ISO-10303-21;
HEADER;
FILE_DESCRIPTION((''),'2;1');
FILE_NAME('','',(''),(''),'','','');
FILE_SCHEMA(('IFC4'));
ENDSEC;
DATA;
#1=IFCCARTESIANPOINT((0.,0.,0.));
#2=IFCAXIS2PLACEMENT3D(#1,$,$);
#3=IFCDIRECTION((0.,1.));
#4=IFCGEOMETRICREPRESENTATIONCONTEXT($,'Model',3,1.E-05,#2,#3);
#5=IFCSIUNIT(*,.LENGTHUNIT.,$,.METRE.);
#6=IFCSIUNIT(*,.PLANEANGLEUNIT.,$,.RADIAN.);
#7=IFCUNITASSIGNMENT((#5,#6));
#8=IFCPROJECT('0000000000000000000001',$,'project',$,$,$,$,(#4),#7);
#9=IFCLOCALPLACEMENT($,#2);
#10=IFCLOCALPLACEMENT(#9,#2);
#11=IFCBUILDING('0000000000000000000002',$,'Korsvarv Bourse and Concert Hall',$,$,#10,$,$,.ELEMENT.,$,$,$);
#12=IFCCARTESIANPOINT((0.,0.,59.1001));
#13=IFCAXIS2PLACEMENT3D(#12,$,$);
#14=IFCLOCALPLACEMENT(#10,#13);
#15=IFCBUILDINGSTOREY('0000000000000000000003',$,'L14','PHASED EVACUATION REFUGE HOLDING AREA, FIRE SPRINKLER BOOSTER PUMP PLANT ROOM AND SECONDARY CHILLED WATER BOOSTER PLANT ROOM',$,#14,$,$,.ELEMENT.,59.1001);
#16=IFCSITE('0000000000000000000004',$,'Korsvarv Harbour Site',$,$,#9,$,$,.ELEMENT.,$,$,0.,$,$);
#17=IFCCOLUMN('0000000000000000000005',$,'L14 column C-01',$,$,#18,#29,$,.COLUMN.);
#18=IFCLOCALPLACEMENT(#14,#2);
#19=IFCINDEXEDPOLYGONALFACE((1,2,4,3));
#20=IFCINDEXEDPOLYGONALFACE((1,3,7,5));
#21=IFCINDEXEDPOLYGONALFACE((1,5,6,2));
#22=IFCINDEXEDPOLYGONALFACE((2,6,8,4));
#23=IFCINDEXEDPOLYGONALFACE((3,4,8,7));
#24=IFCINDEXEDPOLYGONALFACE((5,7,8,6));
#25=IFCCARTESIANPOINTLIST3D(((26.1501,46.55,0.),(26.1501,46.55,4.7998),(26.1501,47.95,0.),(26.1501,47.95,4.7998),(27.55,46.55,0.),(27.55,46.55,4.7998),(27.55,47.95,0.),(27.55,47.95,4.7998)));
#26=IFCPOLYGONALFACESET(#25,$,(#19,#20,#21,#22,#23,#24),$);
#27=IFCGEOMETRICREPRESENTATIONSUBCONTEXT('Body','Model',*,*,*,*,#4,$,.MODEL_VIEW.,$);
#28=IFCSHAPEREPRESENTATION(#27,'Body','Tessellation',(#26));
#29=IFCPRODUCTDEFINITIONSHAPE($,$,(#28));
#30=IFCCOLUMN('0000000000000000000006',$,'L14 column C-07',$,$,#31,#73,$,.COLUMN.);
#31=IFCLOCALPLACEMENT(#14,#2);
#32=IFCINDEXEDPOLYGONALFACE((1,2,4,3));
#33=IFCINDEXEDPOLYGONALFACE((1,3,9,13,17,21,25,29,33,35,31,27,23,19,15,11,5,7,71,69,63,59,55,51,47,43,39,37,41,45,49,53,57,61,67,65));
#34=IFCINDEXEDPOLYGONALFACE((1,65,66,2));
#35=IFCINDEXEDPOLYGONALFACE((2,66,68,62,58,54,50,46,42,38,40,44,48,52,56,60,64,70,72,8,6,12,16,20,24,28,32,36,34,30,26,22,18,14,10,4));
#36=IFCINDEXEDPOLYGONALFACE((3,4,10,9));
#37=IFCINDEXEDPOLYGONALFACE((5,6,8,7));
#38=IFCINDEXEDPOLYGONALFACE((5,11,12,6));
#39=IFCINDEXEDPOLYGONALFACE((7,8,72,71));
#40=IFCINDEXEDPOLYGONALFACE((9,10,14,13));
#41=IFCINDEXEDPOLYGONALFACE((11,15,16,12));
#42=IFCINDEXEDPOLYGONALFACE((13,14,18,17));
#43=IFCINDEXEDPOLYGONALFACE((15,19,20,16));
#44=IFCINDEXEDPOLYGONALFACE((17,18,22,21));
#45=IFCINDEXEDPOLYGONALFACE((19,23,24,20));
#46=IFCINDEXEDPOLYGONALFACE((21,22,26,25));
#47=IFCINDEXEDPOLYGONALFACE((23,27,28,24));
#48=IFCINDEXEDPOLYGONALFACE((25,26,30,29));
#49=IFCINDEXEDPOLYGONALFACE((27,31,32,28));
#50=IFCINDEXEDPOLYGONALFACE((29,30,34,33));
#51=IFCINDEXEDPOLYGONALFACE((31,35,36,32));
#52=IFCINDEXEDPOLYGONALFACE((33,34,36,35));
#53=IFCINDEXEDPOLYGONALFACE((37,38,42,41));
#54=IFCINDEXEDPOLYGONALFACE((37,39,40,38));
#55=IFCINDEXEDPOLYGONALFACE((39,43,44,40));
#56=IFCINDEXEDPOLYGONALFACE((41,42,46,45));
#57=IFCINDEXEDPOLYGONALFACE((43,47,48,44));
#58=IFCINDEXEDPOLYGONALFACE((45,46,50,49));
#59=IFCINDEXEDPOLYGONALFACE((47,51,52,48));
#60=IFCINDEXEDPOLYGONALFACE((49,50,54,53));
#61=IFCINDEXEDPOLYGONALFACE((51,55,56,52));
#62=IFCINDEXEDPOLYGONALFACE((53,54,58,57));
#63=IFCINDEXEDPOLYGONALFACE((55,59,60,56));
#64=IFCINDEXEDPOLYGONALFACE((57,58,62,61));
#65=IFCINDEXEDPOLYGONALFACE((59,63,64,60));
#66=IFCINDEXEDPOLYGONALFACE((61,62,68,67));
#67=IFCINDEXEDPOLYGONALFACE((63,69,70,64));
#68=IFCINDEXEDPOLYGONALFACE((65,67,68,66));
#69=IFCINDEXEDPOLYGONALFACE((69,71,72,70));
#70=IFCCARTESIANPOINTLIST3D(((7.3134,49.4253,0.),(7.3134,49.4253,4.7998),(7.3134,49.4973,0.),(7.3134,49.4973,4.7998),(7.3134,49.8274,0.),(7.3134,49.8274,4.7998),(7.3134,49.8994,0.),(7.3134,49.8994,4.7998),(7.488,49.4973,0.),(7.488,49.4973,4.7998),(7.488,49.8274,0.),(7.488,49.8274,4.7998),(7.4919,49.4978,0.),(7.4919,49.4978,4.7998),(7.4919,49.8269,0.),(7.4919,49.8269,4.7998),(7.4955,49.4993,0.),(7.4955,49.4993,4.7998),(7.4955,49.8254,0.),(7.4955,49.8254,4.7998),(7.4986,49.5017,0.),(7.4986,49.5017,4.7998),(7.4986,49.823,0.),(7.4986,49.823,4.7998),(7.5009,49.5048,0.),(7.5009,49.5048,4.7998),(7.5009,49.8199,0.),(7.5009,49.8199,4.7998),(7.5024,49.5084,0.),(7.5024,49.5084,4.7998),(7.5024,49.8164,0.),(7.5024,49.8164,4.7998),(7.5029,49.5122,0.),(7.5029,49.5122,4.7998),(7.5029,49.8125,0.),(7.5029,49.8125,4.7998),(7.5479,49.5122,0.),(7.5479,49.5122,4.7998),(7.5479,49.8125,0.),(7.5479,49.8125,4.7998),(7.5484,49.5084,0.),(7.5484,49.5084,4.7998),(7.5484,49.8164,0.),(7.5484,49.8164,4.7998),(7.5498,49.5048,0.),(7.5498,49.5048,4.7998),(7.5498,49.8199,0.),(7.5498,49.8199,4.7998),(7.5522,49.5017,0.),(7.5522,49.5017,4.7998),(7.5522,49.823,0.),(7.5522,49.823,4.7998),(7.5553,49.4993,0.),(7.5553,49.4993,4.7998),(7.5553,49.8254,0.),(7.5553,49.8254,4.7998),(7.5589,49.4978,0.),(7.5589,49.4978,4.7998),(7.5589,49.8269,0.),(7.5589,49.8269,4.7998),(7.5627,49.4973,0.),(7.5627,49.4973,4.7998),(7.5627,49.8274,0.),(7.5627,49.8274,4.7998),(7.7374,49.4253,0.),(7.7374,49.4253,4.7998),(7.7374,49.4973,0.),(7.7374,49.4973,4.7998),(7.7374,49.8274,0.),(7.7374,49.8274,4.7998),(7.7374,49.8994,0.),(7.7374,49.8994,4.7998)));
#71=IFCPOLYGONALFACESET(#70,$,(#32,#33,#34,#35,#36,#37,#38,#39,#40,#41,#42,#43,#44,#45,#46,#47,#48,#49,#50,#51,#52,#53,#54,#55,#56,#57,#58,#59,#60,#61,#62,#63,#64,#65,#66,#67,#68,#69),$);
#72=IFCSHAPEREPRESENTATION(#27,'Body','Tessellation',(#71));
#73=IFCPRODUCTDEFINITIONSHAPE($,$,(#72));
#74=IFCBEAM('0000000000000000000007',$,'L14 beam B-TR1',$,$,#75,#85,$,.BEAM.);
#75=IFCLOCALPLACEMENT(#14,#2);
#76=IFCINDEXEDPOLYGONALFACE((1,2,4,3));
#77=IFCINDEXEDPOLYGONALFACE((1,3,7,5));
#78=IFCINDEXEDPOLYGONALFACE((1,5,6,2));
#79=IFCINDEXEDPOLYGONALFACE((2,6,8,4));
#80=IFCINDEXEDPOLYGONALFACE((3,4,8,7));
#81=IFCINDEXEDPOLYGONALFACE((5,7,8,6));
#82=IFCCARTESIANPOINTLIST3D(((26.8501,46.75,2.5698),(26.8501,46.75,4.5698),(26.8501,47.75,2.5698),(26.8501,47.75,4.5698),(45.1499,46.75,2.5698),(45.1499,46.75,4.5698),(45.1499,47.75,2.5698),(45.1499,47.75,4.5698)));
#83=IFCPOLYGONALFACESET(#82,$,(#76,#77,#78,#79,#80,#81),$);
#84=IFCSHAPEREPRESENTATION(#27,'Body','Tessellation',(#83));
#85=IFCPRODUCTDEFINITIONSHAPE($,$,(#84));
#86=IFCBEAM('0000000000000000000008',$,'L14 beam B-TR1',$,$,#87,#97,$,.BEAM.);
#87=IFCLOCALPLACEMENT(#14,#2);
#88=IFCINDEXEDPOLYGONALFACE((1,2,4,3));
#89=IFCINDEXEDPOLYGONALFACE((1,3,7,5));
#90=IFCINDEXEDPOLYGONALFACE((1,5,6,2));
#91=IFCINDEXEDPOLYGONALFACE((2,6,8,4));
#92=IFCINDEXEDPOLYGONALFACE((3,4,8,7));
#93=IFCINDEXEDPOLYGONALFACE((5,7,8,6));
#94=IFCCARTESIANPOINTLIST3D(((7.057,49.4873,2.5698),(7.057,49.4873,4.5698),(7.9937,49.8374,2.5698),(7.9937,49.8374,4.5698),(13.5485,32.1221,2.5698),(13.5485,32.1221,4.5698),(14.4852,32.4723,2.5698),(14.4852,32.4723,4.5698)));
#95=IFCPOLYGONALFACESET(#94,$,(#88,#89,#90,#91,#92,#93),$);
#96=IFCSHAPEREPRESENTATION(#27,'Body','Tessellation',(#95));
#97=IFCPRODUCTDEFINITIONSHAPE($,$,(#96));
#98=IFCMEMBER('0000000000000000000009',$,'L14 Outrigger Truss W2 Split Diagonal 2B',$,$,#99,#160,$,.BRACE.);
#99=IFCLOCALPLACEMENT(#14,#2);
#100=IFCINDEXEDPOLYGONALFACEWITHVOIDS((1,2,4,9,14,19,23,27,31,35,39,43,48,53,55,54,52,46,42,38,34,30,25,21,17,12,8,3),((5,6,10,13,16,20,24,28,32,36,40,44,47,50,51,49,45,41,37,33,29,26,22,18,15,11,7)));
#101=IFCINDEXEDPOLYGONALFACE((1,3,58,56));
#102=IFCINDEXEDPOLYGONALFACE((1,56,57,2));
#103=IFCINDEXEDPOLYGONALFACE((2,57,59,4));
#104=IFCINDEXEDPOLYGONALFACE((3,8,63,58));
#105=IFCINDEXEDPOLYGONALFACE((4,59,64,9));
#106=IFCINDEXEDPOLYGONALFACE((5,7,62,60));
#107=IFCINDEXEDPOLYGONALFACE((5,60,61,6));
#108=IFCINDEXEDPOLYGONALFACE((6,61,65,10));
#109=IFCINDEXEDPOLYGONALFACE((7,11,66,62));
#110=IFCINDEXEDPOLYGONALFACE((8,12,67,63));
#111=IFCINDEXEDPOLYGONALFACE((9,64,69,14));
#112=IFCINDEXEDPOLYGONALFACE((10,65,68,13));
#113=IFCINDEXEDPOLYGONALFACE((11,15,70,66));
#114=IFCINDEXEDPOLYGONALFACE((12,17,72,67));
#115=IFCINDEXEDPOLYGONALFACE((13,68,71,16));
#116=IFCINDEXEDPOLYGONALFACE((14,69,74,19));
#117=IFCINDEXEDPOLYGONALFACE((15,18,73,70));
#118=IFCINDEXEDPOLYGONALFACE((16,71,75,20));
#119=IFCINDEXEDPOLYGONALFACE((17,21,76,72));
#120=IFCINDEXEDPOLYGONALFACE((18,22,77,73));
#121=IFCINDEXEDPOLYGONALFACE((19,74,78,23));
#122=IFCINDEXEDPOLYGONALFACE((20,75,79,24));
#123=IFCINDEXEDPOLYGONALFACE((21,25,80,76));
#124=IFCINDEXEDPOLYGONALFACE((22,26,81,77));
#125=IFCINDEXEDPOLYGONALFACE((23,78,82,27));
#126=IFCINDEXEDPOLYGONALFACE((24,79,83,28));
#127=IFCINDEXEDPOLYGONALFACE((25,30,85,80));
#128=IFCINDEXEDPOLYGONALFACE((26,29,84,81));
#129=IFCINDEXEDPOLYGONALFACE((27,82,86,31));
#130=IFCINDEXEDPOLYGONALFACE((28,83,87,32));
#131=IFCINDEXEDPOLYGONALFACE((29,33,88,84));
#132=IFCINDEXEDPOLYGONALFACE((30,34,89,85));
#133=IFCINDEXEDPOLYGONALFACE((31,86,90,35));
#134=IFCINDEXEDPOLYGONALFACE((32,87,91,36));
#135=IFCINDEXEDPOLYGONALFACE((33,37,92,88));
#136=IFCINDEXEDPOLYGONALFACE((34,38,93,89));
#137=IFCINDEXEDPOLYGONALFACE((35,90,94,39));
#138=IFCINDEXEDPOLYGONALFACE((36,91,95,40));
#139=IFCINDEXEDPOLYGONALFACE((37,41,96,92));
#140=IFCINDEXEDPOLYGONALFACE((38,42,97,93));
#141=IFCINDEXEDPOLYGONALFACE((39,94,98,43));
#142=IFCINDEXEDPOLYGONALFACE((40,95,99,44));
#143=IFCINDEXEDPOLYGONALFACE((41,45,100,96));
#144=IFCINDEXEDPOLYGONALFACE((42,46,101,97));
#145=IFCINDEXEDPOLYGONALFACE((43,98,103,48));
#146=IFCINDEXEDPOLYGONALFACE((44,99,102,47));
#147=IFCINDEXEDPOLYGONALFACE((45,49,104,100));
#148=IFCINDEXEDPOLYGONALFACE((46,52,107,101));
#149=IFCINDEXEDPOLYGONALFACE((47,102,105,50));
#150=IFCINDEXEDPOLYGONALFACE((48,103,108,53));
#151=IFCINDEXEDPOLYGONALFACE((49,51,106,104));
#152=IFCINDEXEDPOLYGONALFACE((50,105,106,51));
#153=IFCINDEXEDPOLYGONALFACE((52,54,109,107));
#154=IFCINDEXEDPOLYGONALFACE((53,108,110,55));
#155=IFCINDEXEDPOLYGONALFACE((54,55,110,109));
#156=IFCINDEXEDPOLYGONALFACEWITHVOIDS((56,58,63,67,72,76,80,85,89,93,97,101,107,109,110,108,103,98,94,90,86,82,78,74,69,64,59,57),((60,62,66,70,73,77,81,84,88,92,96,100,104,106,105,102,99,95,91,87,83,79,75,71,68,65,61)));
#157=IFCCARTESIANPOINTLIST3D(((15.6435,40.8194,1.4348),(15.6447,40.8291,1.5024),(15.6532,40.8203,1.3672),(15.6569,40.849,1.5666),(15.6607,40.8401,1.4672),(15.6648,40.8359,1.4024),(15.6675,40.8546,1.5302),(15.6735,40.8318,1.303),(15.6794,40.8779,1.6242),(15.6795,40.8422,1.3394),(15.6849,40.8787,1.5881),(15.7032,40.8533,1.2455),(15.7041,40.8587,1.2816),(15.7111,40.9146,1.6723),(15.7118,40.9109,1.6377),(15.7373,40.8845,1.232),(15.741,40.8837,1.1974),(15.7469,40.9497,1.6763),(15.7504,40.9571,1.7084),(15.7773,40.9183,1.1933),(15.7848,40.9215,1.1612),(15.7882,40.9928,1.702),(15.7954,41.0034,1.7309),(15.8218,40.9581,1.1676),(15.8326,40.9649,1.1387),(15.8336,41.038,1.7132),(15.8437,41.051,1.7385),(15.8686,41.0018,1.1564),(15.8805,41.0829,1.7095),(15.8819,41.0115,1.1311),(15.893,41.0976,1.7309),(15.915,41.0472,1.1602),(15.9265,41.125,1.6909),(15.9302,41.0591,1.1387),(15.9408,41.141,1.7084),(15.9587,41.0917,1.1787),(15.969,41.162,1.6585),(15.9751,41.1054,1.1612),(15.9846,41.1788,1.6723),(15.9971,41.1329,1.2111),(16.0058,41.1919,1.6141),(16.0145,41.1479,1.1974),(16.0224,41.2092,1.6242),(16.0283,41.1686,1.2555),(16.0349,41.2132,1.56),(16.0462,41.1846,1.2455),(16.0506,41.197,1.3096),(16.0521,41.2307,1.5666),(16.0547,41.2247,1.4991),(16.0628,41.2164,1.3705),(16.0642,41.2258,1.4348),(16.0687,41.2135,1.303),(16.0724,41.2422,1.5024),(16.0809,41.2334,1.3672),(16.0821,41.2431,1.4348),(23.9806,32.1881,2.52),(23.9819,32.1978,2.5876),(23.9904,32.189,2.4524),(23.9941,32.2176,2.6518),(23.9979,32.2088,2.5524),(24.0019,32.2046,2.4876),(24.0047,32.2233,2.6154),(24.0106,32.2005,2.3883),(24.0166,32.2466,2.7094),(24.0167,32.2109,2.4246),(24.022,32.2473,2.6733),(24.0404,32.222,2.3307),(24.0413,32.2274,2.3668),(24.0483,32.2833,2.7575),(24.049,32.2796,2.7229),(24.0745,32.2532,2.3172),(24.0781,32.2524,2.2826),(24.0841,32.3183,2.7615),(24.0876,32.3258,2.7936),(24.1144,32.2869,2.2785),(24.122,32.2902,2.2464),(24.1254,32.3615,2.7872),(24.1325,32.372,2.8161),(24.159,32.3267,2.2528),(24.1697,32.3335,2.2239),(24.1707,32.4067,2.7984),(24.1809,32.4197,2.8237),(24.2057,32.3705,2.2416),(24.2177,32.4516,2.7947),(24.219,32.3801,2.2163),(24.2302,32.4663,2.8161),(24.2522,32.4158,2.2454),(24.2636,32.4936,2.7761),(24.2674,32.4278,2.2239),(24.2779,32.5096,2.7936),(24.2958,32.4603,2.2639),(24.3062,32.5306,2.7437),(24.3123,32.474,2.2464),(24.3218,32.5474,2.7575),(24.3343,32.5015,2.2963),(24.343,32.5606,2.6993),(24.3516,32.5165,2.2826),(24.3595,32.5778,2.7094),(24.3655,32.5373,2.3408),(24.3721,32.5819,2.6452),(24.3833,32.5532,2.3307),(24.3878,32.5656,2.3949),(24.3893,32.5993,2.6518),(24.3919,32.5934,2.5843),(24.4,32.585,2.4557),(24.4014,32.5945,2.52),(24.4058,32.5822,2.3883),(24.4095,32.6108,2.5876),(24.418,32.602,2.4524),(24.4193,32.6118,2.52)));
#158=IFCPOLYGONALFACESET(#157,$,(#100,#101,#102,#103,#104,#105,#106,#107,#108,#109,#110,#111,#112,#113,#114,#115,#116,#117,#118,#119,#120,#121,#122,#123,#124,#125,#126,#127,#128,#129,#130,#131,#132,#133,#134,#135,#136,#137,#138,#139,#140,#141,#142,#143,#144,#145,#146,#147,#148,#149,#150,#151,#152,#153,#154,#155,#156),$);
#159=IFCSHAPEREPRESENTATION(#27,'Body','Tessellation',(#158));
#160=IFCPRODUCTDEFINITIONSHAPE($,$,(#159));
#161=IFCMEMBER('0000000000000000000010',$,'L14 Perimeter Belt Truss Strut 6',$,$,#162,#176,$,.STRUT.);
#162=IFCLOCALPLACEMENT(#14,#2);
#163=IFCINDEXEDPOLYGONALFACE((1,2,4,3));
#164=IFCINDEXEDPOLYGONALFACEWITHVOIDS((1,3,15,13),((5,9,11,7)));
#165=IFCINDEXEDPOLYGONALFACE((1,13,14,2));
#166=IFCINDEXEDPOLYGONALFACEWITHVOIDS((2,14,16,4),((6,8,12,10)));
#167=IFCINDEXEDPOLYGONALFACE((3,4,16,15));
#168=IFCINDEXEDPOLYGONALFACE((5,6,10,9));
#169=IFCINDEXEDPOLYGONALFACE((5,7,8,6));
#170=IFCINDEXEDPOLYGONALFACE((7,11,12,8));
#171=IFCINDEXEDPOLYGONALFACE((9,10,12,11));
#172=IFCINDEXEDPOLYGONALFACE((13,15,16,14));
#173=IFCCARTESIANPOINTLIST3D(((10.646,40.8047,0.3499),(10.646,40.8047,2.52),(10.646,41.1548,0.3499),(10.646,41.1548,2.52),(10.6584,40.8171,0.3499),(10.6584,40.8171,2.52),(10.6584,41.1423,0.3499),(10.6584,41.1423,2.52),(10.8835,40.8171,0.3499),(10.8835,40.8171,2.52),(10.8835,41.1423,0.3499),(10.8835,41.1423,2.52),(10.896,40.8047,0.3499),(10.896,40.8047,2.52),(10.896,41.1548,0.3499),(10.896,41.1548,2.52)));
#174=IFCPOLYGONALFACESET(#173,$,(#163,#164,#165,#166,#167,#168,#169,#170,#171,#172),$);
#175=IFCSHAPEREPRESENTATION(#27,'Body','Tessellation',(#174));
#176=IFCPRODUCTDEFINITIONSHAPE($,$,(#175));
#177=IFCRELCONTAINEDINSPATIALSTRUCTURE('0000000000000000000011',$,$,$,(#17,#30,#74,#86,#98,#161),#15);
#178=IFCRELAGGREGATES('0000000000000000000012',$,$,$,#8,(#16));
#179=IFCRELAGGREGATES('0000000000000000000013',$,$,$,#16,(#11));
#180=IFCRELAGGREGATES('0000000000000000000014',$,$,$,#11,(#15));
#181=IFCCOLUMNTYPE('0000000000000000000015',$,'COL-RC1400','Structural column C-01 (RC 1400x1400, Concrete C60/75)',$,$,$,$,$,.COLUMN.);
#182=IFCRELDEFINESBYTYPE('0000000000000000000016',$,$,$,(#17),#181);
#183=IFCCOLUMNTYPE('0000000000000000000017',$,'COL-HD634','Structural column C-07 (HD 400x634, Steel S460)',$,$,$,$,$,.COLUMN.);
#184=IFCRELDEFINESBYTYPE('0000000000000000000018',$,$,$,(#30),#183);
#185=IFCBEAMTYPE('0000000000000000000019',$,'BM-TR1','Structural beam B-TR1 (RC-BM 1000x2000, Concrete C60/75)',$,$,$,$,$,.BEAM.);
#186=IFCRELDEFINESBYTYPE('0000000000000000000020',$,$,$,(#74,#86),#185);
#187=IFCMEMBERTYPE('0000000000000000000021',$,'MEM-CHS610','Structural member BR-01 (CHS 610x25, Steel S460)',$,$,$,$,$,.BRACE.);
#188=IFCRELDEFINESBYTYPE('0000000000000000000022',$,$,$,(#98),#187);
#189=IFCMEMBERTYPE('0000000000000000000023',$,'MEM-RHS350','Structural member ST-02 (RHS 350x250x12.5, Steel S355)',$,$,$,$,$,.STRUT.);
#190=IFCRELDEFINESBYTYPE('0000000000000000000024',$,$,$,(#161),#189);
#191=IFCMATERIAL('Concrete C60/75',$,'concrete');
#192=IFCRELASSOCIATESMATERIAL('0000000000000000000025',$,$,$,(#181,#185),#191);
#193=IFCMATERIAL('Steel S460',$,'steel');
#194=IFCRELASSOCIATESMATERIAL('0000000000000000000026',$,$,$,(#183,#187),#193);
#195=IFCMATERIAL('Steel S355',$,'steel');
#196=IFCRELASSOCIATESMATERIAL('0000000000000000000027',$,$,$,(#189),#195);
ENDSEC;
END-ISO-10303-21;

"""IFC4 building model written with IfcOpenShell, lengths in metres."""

from ifc_helpers import new_model, si_unit, direction, frame, origin, origin_2d, place, context, subcontext, project, spatial, rectangle, hollow_rectangle, hollow_circle, i_section, extrude, source, transform, mapped, material, material_profile, profile_set, type_object, element, save


model = new_model("IFC4")

# Units and contexts
model_context = context("Model", 3, precision=1e-05, world=origin(), true_north=direction((0.0, 1.0)))
body_context = subcontext(model_context, "Body", "Model", "MODEL_VIEW")
ifc_project = project(units=[si_unit("LENGTHUNIT", "METRE"), si_unit("PLANEANGLEUNIT", "RADIAN")], contexts=[model_context])

# Site, building, storey
site_placement = place(None, origin())
site = spatial("IfcSite", under=ifc_project, at=site_placement, Name="Korsvarv Harbour Site", CompositionType="ELEMENT", RefElevation=0.0)
building_placement = place(site_placement, origin())
building = spatial("IfcBuilding", under=site, at=building_placement, Name="Korsvarv Bourse and Concert Hall", CompositionType="ELEMENT")
storey_placement = place(building_placement, frame((0.0, 0.0, 59.1001)))
storey = spatial("IfcBuildingStorey", under=building, at=storey_placement, Name="L14", Description="PHASED EVACUATION REFUGE HOLDING AREA, FIRE SPRINKLER BOOSTER PUMP PLANT ROOM AND SECONDARY CHILLED WATER BOOSTER PLANT ROOM", CompositionType="ELEMENT", Elevation=59.1001)

# Columns
ifc_material_1 = material(Name="Concrete C60/75", Category="concrete")
ifc_material_profile_1 = material_profile(ifc_material_1, rectangle(XDim=1.3999, YDim=1.3999, at=origin_2d()), Name="RC 1400x1400")
ifc_profile_set_1 = profile_set([ifc_material_profile_1], Name="Concrete C60/75")
column_type_1 = type_object("IfcColumnType", Name="COL-RC1400", Description="Structural column C-01 (RC 1400x1400, Concrete C60/75)", PredefinedType="COLUMN", material=ifc_profile_set_1)
shared_shape_1 = source(origin(), body_context, "Body", "SweptSolid", [
    extrude(rectangle(XDim=1.3999, YDim=1.3999, at=origin_2d()), origin(), (0.0, 0.0, 1.0), 4.7998),
])
column_1_placement = place(storey_placement, frame((26.8501, 47.25, 0.0), z_axis=(0.0, 0.0, 1.0), x_axis=(1.0, 0.0, 0.0)))
element("IfcColumn", 1, at=column_1_placement, inside=storey, type_object=column_type_1, Name="L14 column C-01", PredefinedType="COLUMN", context=body_context, shape_type="MappedRepresentation", body=[
    mapped(shared_shape_1, transform((0.0, 0.0, 0.0), scale=1.0)),
])
ifc_material_2 = material(Name="Steel S460", Category="steel")
ifc_material_profile_2 = material_profile(ifc_material_2, i_section(OverallWidth=0.4241, OverallDepth=0.4741, WebThickness=0.0449, FlangeThickness=0.072, FilletRadius=0.0149, at=origin_2d()), Name="HD 400x634")
ifc_profile_set_2 = profile_set([ifc_material_profile_2], Name="Steel S460")
column_type_2 = type_object("IfcColumnType", Name="COL-HD634", Description="Structural column C-07 (HD 400x634, Steel S460)", PredefinedType="COLUMN", material=ifc_profile_set_2)
shared_shape_2 = source(origin(), body_context, "Body", "SweptSolid", [
    extrude(i_section(OverallWidth=0.4241, OverallDepth=0.4741, WebThickness=0.0449, FlangeThickness=0.072, FilletRadius=0.0149, at=origin_2d()), origin(), (0.0, 0.0, 1.0), 4.7998),
])
column_2_placement = place(storey_placement, frame((7.5254, 49.6624, 0.0), z_axis=(0.0, 0.0, 1.0), x_axis=(1.0, 0.0, 0.0)))
element("IfcColumn", 2, at=column_2_placement, inside=storey, type_object=column_type_2, Name="L14 column C-07", PredefinedType="COLUMN", context=body_context, shape_type="MappedRepresentation", body=[
    mapped(shared_shape_2, transform((0.0, 0.0, 0.0), scale=1.0)),
])

# Beams
ifc_material_profile_3 = material_profile(ifc_material_1, rectangle(XDim=1.0, YDim=2.0, at=origin_2d()), Name="RC-BM 1000x2000")
ifc_profile_set_3 = profile_set([ifc_material_profile_3], Name="Concrete C60/75")
beam_type = type_object("IfcBeamType", Name="BM-TR1", Description="Structural beam B-TR1 (RC-BM 1000x2000, Concrete C60/75)", PredefinedType="BEAM", material=ifc_profile_set_3)
shared_shape_3 = source(origin(), body_context, "Body", "SweptSolid", [
    extrude(rectangle(XDim=1.0, YDim=2.0, at=origin_2d()), origin(), (0.0, 0.0, 1.0), 18.2998),
])
beam_1_placement = place(storey_placement, frame((26.8501, 47.25, 3.5698), z_axis=(1.0, 0.0, 0.0), x_axis=(0.0, 1.0, 0.0)))
element("IfcBeam", 3, at=beam_1_placement, inside=storey, type_object=beam_type, Name="L14 beam B-TR1", PredefinedType="BEAM", context=body_context, shape_type="MappedRepresentation", body=[
    mapped(shared_shape_3, transform((0.0, 0.0, 0.0), scale=1.0)),
])
shared_shape_4 = source(origin(), body_context, "Body", "SweptSolid", [
    extrude(rectangle(XDim=1.0, YDim=2.0, at=origin_2d()), origin(), (0.0, 0.0, 1.0), 18.5388),
])
beam_2_placement = place(storey_placement, frame((7.5254, 49.6624, 3.5698), z_axis=(0.350153, -0.936692, 0.0), x_axis=(0.936692, 0.350153, 0.0)))
element("IfcBeam", 4, at=beam_2_placement, inside=storey, type_object=beam_type, Name="L14 beam B-TR1", PredefinedType="BEAM", context=body_context, shape_type="MappedRepresentation", body=[
    mapped(shared_shape_4, transform((0.0, 0.0, 0.0), scale=1.0)),
])

# Members
ifc_material_profile_4 = material_profile(ifc_material_2, hollow_circle(Radius=0.3049, WallThickness=0.0249, at=origin_2d()), Name="CHS 610x25")
ifc_profile_set_4 = profile_set([ifc_material_profile_4], Name="Steel S460")
member_type_1 = type_object("IfcMemberType", Name="MEM-CHS610", Description="Structural member BR-01 (CHS 610x25, Steel S460)", PredefinedType="BRACE", material=ifc_profile_set_4)
shared_shape_5 = source(origin(), body_context, "Body", "SweptSolid", [
    extrude(hollow_circle(Radius=0.3049, WallThickness=0.0249, at=origin_2d()), origin(), (0.0, 0.0, 1.0), 12.0493),
])
member_1_placement = place(storey_placement, frame((15.8628, 41.0312, 1.4348), z_axis=(0.69192, -0.716335, 0.090064), x_axis=(0.719258, 0.694743, 0.0)))
element("IfcMember", 5, at=member_1_placement, inside=storey, type_object=member_type_1, Name="L14 Outrigger Truss W2 Split Diagonal 2B", PredefinedType="BRACE", context=body_context, shape_type="MappedRepresentation", body=[
    mapped(shared_shape_5, transform((0.0, 0.0, 0.0), scale=1.0)),
])
ifc_material_3 = material(Name="Steel S355", Category="steel")
ifc_material_profile_5 = material_profile(ifc_material_3, hollow_rectangle(XDim=0.25, YDim=0.3501, WallThickness=0.0125, at=origin_2d()), Name="RHS 350x250x12.5")
ifc_profile_set_5 = profile_set([ifc_material_profile_5], Name="Steel S355")
member_type_2 = type_object("IfcMemberType", Name="MEM-RHS350", Description="Structural member ST-02 (RHS 350x250x12.5, Steel S355)", PredefinedType="STRUT", material=ifc_profile_set_5)
shared_shape_6 = source(origin(), body_context, "Body", "SweptSolid", [
    extrude(hollow_rectangle(XDim=0.25, YDim=0.3501, WallThickness=0.0125, at=origin_2d()), origin(), (0.0, 0.0, 1.0), 2.1702),
])
member_2_placement = place(storey_placement, frame((10.771, 40.9797, 0.3499), z_axis=(0.0, 0.0, 1.0), x_axis=(1.0, 0.0, 0.0)))
element("IfcMember", 6, at=member_2_placement, inside=storey, type_object=member_type_2, Name="L14 Perimeter Belt Truss Strut 6", PredefinedType="STRUT", context=body_context, shape_type="MappedRepresentation", body=[
    mapped(shared_shape_6, transform((0.0, 0.0, 0.0), scale=1.0)),
])

save(model, "model.ifc")
